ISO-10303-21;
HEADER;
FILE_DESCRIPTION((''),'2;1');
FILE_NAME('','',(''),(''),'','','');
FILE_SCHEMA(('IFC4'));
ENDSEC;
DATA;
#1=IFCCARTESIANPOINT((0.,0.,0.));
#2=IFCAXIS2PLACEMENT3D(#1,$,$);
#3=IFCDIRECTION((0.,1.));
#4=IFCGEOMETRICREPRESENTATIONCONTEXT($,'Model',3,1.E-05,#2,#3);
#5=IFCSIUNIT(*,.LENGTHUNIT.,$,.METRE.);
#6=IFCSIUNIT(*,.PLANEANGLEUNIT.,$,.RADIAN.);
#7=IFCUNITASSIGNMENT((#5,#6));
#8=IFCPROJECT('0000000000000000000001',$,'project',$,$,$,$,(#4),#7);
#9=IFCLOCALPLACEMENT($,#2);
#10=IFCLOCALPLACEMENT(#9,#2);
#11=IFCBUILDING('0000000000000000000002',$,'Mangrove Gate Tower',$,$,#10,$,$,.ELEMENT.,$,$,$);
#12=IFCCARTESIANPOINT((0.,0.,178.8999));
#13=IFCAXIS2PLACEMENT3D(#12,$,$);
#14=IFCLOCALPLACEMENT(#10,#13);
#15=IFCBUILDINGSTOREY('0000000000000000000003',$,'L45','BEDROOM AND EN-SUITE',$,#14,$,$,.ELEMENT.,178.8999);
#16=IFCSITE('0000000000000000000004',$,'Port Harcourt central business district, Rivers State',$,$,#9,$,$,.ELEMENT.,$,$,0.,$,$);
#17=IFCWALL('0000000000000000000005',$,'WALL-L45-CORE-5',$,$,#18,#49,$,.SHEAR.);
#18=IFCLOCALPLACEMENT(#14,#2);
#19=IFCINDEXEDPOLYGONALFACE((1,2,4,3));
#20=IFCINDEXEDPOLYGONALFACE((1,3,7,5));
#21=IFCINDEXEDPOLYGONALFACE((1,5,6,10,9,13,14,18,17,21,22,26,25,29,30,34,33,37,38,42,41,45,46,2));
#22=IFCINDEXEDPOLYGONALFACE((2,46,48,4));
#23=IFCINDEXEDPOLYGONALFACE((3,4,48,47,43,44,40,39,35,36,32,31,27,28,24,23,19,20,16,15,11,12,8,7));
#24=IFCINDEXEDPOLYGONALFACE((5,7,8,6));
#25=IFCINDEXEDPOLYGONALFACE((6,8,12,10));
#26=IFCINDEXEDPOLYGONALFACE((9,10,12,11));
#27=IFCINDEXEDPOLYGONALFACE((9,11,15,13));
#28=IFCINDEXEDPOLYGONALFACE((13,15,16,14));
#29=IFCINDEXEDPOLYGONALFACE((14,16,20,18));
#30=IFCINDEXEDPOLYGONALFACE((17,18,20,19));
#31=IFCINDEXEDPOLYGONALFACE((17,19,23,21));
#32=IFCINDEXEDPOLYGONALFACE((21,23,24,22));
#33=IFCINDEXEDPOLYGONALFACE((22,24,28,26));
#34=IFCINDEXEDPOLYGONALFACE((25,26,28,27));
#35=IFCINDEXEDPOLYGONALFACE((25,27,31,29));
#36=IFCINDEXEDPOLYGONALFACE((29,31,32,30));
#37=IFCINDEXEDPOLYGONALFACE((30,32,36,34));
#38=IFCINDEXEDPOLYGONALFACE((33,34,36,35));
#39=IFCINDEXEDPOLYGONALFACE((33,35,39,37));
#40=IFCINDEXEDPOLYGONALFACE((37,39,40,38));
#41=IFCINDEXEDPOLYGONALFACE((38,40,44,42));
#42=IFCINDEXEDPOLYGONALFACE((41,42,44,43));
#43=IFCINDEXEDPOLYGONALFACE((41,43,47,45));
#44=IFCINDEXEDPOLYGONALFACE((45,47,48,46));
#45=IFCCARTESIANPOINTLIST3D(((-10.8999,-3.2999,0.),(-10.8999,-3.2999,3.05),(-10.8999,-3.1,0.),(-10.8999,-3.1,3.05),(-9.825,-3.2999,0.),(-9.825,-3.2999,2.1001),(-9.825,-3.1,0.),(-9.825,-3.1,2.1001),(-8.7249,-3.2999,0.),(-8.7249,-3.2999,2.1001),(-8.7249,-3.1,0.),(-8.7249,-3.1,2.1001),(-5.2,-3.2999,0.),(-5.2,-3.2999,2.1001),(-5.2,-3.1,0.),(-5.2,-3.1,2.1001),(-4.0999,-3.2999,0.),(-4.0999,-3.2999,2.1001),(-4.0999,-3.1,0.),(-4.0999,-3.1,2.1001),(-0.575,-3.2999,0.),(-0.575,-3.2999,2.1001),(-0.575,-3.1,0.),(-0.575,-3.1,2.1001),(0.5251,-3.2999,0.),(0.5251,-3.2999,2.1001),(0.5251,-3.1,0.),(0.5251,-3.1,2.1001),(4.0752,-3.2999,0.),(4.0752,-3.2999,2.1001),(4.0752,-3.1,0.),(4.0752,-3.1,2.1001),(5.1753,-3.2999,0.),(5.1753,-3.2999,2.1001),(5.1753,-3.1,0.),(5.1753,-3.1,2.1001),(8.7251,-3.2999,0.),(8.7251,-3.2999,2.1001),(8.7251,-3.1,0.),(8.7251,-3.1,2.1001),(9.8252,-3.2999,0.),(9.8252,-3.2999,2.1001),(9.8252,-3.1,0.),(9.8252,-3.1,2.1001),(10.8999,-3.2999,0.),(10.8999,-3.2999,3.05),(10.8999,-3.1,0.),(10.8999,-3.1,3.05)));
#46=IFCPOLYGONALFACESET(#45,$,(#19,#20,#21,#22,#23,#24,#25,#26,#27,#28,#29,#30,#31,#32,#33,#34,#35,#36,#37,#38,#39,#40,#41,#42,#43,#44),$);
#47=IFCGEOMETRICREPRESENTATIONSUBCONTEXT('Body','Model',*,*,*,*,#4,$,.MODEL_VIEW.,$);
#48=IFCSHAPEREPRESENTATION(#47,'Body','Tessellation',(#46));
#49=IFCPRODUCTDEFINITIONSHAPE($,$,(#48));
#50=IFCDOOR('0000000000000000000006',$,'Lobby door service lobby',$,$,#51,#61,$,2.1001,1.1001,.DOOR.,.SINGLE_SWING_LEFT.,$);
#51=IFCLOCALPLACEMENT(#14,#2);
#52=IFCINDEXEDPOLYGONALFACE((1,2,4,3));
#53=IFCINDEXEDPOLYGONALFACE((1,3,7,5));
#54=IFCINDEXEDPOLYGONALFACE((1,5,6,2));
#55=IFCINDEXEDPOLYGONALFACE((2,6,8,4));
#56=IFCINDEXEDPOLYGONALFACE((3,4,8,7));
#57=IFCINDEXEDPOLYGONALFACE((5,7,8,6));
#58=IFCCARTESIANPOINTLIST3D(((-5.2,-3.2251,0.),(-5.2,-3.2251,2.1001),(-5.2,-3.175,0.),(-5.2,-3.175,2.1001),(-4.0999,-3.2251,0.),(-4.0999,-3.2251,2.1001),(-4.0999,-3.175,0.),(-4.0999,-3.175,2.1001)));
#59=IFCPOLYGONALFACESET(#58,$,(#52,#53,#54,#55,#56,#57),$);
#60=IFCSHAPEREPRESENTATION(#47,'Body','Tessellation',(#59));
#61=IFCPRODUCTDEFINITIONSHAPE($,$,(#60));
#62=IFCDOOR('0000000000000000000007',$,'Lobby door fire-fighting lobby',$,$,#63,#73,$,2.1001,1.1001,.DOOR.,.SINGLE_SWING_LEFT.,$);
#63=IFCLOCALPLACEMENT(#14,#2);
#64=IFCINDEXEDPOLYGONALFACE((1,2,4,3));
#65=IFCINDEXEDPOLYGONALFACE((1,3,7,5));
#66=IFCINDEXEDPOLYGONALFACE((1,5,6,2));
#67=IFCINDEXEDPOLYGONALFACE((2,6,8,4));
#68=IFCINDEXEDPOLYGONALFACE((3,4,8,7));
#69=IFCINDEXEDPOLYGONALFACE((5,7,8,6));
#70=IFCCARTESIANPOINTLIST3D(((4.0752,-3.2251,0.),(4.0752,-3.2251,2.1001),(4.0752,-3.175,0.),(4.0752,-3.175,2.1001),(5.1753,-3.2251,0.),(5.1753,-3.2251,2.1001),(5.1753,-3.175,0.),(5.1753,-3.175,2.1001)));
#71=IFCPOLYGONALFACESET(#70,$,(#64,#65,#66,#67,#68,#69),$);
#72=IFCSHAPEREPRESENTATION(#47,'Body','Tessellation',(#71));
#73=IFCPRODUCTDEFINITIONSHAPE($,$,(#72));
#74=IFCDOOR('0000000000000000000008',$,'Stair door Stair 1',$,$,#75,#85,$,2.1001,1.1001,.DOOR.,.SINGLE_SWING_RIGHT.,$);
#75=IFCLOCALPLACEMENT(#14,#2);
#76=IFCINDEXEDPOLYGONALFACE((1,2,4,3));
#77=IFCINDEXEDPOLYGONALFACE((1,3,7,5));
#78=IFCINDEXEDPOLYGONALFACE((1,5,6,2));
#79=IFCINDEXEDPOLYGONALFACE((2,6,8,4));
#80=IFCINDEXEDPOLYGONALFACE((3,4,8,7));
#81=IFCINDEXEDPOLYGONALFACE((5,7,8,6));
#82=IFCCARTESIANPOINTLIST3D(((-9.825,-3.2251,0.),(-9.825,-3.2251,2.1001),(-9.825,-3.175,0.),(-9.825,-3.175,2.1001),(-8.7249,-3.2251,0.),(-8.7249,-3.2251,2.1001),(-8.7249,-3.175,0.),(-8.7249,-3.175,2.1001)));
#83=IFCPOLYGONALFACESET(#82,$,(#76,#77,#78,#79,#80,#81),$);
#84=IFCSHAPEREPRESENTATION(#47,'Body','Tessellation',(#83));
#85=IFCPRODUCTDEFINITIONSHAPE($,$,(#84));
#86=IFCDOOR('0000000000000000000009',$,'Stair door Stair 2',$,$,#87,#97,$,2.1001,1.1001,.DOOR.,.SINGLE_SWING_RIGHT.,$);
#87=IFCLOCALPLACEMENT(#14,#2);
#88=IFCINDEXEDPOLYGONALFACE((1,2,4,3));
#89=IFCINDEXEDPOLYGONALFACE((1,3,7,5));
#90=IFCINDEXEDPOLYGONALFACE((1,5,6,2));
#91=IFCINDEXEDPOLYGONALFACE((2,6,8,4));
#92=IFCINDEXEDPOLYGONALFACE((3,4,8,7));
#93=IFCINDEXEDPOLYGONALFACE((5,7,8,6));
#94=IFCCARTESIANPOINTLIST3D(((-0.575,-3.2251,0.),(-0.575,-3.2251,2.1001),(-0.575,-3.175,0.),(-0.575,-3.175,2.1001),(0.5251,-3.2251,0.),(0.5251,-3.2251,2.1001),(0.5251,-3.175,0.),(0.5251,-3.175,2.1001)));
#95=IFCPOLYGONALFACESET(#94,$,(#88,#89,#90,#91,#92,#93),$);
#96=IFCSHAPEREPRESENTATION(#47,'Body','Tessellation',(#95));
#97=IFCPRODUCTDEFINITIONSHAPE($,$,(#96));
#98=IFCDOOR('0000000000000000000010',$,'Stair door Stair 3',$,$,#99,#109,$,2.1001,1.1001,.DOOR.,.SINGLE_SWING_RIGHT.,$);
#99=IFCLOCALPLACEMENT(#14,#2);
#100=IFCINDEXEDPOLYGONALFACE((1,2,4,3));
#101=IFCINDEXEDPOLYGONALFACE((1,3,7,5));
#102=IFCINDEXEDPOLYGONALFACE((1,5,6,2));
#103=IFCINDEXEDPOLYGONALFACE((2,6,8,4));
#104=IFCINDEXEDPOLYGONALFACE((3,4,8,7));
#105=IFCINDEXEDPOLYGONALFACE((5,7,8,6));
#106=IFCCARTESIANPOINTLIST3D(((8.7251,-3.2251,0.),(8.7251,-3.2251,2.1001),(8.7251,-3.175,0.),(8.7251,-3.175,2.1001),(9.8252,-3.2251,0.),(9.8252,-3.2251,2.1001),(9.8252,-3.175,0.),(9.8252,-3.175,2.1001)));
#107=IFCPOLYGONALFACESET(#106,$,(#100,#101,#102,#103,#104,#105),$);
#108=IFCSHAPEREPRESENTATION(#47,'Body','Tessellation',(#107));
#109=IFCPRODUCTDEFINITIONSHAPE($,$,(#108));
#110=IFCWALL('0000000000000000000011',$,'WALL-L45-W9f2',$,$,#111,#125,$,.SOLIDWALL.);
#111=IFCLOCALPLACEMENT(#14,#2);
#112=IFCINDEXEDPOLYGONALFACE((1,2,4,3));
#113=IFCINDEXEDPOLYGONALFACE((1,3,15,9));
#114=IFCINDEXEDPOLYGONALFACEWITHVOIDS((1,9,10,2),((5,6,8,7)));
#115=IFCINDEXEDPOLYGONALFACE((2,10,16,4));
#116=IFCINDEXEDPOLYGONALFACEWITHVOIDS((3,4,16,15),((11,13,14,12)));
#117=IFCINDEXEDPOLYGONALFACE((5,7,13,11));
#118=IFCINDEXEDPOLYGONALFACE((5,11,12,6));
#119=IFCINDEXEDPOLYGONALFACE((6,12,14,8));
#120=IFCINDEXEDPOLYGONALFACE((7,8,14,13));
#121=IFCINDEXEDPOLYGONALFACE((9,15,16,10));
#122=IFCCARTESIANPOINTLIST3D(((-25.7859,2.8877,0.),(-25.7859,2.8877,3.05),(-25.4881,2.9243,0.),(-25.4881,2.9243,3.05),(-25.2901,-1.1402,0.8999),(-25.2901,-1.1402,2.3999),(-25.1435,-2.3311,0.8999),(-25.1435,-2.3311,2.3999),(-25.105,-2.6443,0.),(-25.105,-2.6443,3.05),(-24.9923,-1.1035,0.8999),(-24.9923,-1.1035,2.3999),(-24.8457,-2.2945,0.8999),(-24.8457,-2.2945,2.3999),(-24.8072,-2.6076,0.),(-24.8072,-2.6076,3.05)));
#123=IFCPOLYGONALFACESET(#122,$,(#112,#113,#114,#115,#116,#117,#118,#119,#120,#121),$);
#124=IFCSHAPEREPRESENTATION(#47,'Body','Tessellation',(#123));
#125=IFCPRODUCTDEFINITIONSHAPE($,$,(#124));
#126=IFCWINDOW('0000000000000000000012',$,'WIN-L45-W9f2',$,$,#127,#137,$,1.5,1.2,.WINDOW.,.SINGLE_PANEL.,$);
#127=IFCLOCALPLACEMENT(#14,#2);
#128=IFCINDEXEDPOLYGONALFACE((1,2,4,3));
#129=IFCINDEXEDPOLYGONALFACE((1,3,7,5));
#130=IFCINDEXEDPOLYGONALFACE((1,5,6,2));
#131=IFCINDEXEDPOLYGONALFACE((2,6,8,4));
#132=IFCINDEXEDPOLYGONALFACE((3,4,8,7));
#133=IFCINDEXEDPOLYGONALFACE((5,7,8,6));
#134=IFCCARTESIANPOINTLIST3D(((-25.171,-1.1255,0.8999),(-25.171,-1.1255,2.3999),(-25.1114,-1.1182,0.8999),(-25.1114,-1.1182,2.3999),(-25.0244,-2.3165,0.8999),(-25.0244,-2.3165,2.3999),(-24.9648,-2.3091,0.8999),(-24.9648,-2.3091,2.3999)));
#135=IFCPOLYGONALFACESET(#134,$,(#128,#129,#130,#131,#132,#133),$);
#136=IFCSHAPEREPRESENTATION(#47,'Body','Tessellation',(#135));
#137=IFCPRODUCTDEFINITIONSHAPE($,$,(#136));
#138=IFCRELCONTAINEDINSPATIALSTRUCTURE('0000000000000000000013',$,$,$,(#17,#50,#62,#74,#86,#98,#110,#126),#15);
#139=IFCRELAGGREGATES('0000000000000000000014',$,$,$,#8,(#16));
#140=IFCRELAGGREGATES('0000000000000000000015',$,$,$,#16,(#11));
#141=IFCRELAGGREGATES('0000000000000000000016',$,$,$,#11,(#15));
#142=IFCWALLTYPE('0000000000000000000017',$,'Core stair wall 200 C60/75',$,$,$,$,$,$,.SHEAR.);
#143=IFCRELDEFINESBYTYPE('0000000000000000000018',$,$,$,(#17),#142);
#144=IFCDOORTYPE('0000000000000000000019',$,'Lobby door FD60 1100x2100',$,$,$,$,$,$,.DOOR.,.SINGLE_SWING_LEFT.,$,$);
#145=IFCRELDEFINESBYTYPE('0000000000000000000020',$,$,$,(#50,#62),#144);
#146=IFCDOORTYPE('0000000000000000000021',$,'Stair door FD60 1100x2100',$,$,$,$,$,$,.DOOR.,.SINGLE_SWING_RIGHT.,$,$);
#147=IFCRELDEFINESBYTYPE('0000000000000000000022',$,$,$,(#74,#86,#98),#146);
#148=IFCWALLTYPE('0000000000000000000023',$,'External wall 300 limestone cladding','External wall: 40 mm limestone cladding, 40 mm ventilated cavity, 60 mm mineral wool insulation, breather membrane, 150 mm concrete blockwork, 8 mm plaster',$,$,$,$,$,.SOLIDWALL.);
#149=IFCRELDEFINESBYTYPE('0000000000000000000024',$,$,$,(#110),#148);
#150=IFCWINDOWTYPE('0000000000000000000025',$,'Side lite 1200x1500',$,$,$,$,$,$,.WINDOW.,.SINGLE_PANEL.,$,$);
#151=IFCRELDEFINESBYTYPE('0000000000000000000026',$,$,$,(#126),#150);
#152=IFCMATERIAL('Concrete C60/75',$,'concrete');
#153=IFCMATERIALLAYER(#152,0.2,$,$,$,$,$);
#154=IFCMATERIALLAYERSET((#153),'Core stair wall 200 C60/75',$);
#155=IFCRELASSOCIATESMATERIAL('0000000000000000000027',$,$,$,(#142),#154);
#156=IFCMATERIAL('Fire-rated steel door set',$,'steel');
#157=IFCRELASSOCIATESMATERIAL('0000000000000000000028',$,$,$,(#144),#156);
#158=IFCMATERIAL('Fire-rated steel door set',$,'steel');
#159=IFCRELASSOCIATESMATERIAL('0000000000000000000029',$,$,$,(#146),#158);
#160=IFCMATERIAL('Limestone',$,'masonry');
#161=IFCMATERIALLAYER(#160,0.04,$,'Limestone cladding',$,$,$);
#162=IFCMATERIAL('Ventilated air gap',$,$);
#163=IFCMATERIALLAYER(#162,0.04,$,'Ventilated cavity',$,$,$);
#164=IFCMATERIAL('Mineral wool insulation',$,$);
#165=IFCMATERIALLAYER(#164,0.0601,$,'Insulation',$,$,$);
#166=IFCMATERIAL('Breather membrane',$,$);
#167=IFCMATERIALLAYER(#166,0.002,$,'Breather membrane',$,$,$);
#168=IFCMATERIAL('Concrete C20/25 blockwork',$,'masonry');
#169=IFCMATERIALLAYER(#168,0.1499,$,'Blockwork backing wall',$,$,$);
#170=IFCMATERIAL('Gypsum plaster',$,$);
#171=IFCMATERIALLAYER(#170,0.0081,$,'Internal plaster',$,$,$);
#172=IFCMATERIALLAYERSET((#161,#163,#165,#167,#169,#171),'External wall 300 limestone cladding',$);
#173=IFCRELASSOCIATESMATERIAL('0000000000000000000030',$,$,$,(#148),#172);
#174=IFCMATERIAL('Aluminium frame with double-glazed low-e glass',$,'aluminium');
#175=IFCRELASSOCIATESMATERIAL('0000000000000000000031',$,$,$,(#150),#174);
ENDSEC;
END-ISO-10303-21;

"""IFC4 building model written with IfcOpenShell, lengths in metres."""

from ifc_helpers import new_model, si_unit, direction, frame, frame_2d, origin, place, context, subcontext, project, spatial, rectangle, extrude, material, layer, layer_set, type_object, element, fill, save


model = new_model("IFC4")

# Units and contexts
model_context = context("Model", 3, precision=1e-05, world=origin(), true_north=direction((0.0, 1.0)))
body_context = subcontext(model_context, "Body", "Model", "MODEL_VIEW")
ifc_project = project(units=[si_unit("LENGTHUNIT", "METRE"), si_unit("PLANEANGLEUNIT", "RADIAN")], contexts=[model_context])

# Site, building, storey
site_placement = place(None, origin())
site = spatial("IfcSite", under=ifc_project, at=site_placement, Name="Port Harcourt central business district, Rivers State", CompositionType="ELEMENT", RefElevation=0.0)
building_placement = place(site_placement, origin())
building = spatial("IfcBuilding", under=site, at=building_placement, Name="Mangrove Gate Tower", CompositionType="ELEMENT")
storey_placement = place(building_placement, frame((0.0, 0.0, 178.8999)))
storey = spatial("IfcBuildingStorey", under=building, at=storey_placement, Name="L45", Description="BEDROOM AND EN-SUITE", CompositionType="ELEMENT", Elevation=178.8999)

# Wall, openings, doors
ifc_material_1 = material(Name="Concrete C60/75", Category="concrete")
ifc_layer_1 = layer(ifc_material_1, 0.2)
ifc_layer_set_1 = layer_set([ifc_layer_1], Name="Core stair wall 200 C60/75")
wall_type_1 = type_object("IfcWallType", Name="Core stair wall 200 C60/75", PredefinedType="SHEAR", material=ifc_layer_set_1)
wall_1_placement = place(storey_placement, frame((-10.8999, -3.2, 0.0), z_axis=(0.0, 0.0, 1.0), x_axis=(1.0, 0.0, 0.0)))
wall_1 = element("IfcWall", 1, at=wall_1_placement, inside=storey, type_object=wall_type_1, Name="WALL-L45-CORE-5", PredefinedType="SHEAR", context=body_context, shape_type="SweptSolid", body=[
    extrude(rectangle(XDim=21.7998, YDim=0.2, at=frame_2d((10.8999, 0.0))), origin(), (0.0, 0.0, 1.0), 3.05),
])
opening_1_placement = place(wall_1_placement, frame((1.075, 0.0, 0.0)))
opening_1 = element("IfcOpeningElement", 2, at=opening_1_placement, cuts=wall_1, PredefinedType="OPENING", context=body_context, shape_type="SweptSolid", body=[
    extrude(rectangle(XDim=1.1001, YDim=2.1001, at=frame_2d((0.55, 1.05))), frame((0.0, 0.1099, 0.0), z_axis=(0.0, -1.0, 0.0), x_axis=(1.0, 0.0, 0.0)), (0.0, 0.0, 1.0), 0.22),
])
opening_2_placement = place(wall_1_placement, frame((10.325, 0.0, 0.0)))
opening_2 = element("IfcOpeningElement", 3, at=opening_2_placement, cuts=wall_1, PredefinedType="OPENING", context=body_context, shape_type="SweptSolid", body=[
    extrude(rectangle(XDim=1.1001, YDim=2.1001, at=frame_2d((0.55, 1.05))), frame((0.0, 0.1099, 0.0), z_axis=(0.0, -1.0, 0.0), x_axis=(1.0, 0.0, 0.0)), (0.0, 0.0, 1.0), 0.22),
])
opening_3_placement = place(wall_1_placement, frame((19.625, 0.0, 0.0)))
opening_3 = element("IfcOpeningElement", 4, at=opening_3_placement, cuts=wall_1, PredefinedType="OPENING", context=body_context, shape_type="SweptSolid", body=[
    extrude(rectangle(XDim=1.1001, YDim=2.1001, at=frame_2d((0.55, 1.05))), frame((0.0, 0.1099, 0.0), z_axis=(0.0, -1.0, 0.0), x_axis=(1.0, 0.0, 0.0)), (0.0, 0.0, 1.0), 0.22),
])
opening_4_placement = place(wall_1_placement, frame((5.7, 0.0, 0.0)))
opening_4 = element("IfcOpeningElement", 5, at=opening_4_placement, cuts=wall_1, PredefinedType="OPENING", context=body_context, shape_type="SweptSolid", body=[
    extrude(rectangle(XDim=1.1001, YDim=2.1001, at=frame_2d((0.55, 1.05))), frame((0.0, 0.1099, 0.0), z_axis=(0.0, -1.0, 0.0), x_axis=(1.0, 0.0, 0.0)), (0.0, 0.0, 1.0), 0.22),
])
opening_5_placement = place(wall_1_placement, frame((14.9751, 0.0, 0.0)))
opening_5 = element("IfcOpeningElement", 6, at=opening_5_placement, cuts=wall_1, PredefinedType="OPENING", context=body_context, shape_type="SweptSolid", body=[
    extrude(rectangle(XDim=1.1001, YDim=2.1001, at=frame_2d((0.55, 1.05))), frame((0.0, 0.1099, 0.0), z_axis=(0.0, -1.0, 0.0), x_axis=(1.0, 0.0, 0.0)), (0.0, 0.0, 1.0), 0.22),
])
ifc_material_2 = material(Name="Fire-rated steel door set", Category="steel")
door_type_1 = type_object("IfcDoorType", Name="Lobby door FD60 1100x2100", OperationType="SINGLE_SWING_LEFT", PredefinedType="DOOR", material=ifc_material_2)
door_1_placement = place(opening_4_placement, origin())
door_1 = element("IfcDoor", 7, at=door_1_placement, inside=storey, type_object=door_type_1, Name="Lobby door service lobby", OperationType="SINGLE_SWING_LEFT", OverallHeight=2.1001, OverallWidth=1.1001, PredefinedType="DOOR", context=body_context, shape_type="SweptSolid", body=[
    extrude(rectangle(XDim=1.1001, YDim=2.1001, at=frame_2d((0.55, 1.05))), frame((0.0, 0.0249, 0.0), z_axis=(0.0, -1.0, 0.0), x_axis=(1.0, 0.0, 0.0)), (0.0, 0.0, 1.0), 0.05),
])
fill(opening_4, door_1)
door_2_placement = place(opening_5_placement, origin())
door_2 = element("IfcDoor", 8, at=door_2_placement, inside=storey, type_object=door_type_1, Name="Lobby door fire-fighting lobby", OperationType="SINGLE_SWING_LEFT", OverallHeight=2.1001, OverallWidth=1.1001, PredefinedType="DOOR", context=body_context, shape_type="SweptSolid", body=[
    extrude(rectangle(XDim=1.1001, YDim=2.1001, at=frame_2d((0.55, 1.05))), frame((0.0, 0.0249, 0.0), z_axis=(0.0, -1.0, 0.0), x_axis=(1.0, 0.0, 0.0)), (0.0, 0.0, 1.0), 0.05),
])
fill(opening_5, door_2)
ifc_material_3 = material(Name="Fire-rated steel door set", Category="steel")
door_type_2 = type_object("IfcDoorType", Name="Stair door FD60 1100x2100", OperationType="SINGLE_SWING_RIGHT", PredefinedType="DOOR", material=ifc_material_3)
door_3_placement = place(opening_1_placement, origin())
door_3 = element("IfcDoor", 9, at=door_3_placement, inside=storey, type_object=door_type_2, Name="Stair door Stair 1", OperationType="SINGLE_SWING_RIGHT", OverallHeight=2.1001, OverallWidth=1.1001, PredefinedType="DOOR", context=body_context, shape_type="SweptSolid", body=[
    extrude(rectangle(XDim=1.1001, YDim=2.1001, at=frame_2d((0.55, 1.05))), frame((0.0, 0.0249, 0.0), z_axis=(0.0, -1.0, 0.0), x_axis=(1.0, 0.0, 0.0)), (0.0, 0.0, 1.0), 0.05),
])
fill(opening_1, door_3)
door_4_placement = place(opening_2_placement, origin())
door_4 = element("IfcDoor", 10, at=door_4_placement, inside=storey, type_object=door_type_2, Name="Stair door Stair 2", OperationType="SINGLE_SWING_RIGHT", OverallHeight=2.1001, OverallWidth=1.1001, PredefinedType="DOOR", context=body_context, shape_type="SweptSolid", body=[
    extrude(rectangle(XDim=1.1001, YDim=2.1001, at=frame_2d((0.55, 1.05))), frame((0.0, 0.0249, 0.0), z_axis=(0.0, -1.0, 0.0), x_axis=(1.0, 0.0, 0.0)), (0.0, 0.0, 1.0), 0.05),
])
fill(opening_2, door_4)
door_5_placement = place(opening_3_placement, origin())
door_5 = element("IfcDoor", 11, at=door_5_placement, inside=storey, type_object=door_type_2, Name="Stair door Stair 3", OperationType="SINGLE_SWING_RIGHT", OverallHeight=2.1001, OverallWidth=1.1001, PredefinedType="DOOR", context=body_context, shape_type="SweptSolid", body=[
    extrude(rectangle(XDim=1.1001, YDim=2.1001, at=frame_2d((0.55, 1.05))), frame((0.0, 0.0249, 0.0), z_axis=(0.0, -1.0, 0.0), x_axis=(1.0, 0.0, 0.0)), (0.0, 0.0, 1.0), 0.05),
])
fill(opening_3, door_5)

# Wall, opening, window
ifc_material_4 = material(Name="Limestone", Category="masonry")
ifc_layer_2 = layer(ifc_material_4, 0.04, Name="Limestone cladding")
ifc_material_5 = material(Name="Ventilated air gap")
ifc_layer_3 = layer(ifc_material_5, 0.04, Name="Ventilated cavity")
ifc_material_6 = material(Name="Mineral wool insulation")
ifc_layer_4 = layer(ifc_material_6, 0.0601, Name="Insulation")
ifc_material_7 = material(Name="Breather membrane")
ifc_layer_5 = layer(ifc_material_7, 0.002, Name="Breather membrane")
ifc_material_8 = material(Name="Concrete C20/25 blockwork", Category="masonry")
ifc_layer_6 = layer(ifc_material_8, 0.1499, Name="Blockwork backing wall")
ifc_material_9 = material(Name="Gypsum plaster")
ifc_layer_7 = layer(ifc_material_9, 0.0081, Name="Internal plaster")
ifc_layer_set_2 = layer_set([ifc_layer_2, ifc_layer_3, ifc_layer_4, ifc_layer_5, ifc_layer_6, ifc_layer_7], Name="External wall 300 limestone cladding")
wall_type_2 = type_object("IfcWallType", Name="External wall 300 limestone cladding", Description="External wall: 40 mm limestone cladding, 40 mm ventilated cavity, 60 mm mineral wool insulation, breather membrane, 150 mm concrete blockwork, 8 mm plaster", PredefinedType="SOLIDWALL", material=ifc_layer_set_2)
wall_2_placement = place(storey_placement, frame((-25.637, 2.906, 0.0), z_axis=(0.0, 0.0, 1.0), x_axis=(0.122164, -0.99251, 0.0)))
wall_2 = element("IfcWall", 12, at=wall_2_placement, inside=storey, type_object=wall_type_2, Name="WALL-L45-W9f2", PredefinedType="SOLIDWALL", context=body_context, shape_type="SweptSolid", body=[
    extrude(rectangle(XDim=5.5737, YDim=0.3, at=frame_2d((2.7869, 0.0))), origin(), (0.0, 0.0, 1.0), 3.05),
])
opening_6_placement = place(wall_2_placement, frame((4.0581, 0.0, 0.8999)))
opening_6 = element("IfcOpeningElement", 13, at=opening_6_placement, cuts=wall_2, PredefinedType="OPENING", context=body_context, shape_type="SweptSolid", body=[
    extrude(rectangle(XDim=1.2, YDim=1.5, at=frame_2d((0.6001, 0.75))), frame((0.0, 0.1599, 0.0), z_axis=(0.0, -1.0, 0.0), x_axis=(1.0, 0.0, 0.0)), (0.0, 0.0, 1.0), 0.3201),
])
ifc_material_10 = material(Name="Aluminium frame with double-glazed low-e glass", Category="aluminium")
window_type = type_object("IfcWindowType", Name="Side lite 1200x1500", PartitioningType="SINGLE_PANEL", PredefinedType="WINDOW", material=ifc_material_10)
window_1_placement = place(opening_6_placement, origin())
window_1 = element("IfcWindow", 14, at=window_1_placement, inside=storey, type_object=window_type, Name="WIN-L45-W9f2", OverallHeight=1.5, OverallWidth=1.2, PartitioningType="SINGLE_PANEL", PredefinedType="WINDOW", context=body_context, shape_type="SweptSolid", body=[
    extrude(rectangle(XDim=1.2, YDim=1.5, at=frame_2d((0.6001, 0.75))), frame((0.0, 0.03, 0.0), z_axis=(0.0, -1.0, 0.0), x_axis=(1.0, 0.0, 0.0)), (0.0, 0.0, 1.0), 0.0601),
])
fill(opening_6, window_1)

save(model, "model.ifc")
